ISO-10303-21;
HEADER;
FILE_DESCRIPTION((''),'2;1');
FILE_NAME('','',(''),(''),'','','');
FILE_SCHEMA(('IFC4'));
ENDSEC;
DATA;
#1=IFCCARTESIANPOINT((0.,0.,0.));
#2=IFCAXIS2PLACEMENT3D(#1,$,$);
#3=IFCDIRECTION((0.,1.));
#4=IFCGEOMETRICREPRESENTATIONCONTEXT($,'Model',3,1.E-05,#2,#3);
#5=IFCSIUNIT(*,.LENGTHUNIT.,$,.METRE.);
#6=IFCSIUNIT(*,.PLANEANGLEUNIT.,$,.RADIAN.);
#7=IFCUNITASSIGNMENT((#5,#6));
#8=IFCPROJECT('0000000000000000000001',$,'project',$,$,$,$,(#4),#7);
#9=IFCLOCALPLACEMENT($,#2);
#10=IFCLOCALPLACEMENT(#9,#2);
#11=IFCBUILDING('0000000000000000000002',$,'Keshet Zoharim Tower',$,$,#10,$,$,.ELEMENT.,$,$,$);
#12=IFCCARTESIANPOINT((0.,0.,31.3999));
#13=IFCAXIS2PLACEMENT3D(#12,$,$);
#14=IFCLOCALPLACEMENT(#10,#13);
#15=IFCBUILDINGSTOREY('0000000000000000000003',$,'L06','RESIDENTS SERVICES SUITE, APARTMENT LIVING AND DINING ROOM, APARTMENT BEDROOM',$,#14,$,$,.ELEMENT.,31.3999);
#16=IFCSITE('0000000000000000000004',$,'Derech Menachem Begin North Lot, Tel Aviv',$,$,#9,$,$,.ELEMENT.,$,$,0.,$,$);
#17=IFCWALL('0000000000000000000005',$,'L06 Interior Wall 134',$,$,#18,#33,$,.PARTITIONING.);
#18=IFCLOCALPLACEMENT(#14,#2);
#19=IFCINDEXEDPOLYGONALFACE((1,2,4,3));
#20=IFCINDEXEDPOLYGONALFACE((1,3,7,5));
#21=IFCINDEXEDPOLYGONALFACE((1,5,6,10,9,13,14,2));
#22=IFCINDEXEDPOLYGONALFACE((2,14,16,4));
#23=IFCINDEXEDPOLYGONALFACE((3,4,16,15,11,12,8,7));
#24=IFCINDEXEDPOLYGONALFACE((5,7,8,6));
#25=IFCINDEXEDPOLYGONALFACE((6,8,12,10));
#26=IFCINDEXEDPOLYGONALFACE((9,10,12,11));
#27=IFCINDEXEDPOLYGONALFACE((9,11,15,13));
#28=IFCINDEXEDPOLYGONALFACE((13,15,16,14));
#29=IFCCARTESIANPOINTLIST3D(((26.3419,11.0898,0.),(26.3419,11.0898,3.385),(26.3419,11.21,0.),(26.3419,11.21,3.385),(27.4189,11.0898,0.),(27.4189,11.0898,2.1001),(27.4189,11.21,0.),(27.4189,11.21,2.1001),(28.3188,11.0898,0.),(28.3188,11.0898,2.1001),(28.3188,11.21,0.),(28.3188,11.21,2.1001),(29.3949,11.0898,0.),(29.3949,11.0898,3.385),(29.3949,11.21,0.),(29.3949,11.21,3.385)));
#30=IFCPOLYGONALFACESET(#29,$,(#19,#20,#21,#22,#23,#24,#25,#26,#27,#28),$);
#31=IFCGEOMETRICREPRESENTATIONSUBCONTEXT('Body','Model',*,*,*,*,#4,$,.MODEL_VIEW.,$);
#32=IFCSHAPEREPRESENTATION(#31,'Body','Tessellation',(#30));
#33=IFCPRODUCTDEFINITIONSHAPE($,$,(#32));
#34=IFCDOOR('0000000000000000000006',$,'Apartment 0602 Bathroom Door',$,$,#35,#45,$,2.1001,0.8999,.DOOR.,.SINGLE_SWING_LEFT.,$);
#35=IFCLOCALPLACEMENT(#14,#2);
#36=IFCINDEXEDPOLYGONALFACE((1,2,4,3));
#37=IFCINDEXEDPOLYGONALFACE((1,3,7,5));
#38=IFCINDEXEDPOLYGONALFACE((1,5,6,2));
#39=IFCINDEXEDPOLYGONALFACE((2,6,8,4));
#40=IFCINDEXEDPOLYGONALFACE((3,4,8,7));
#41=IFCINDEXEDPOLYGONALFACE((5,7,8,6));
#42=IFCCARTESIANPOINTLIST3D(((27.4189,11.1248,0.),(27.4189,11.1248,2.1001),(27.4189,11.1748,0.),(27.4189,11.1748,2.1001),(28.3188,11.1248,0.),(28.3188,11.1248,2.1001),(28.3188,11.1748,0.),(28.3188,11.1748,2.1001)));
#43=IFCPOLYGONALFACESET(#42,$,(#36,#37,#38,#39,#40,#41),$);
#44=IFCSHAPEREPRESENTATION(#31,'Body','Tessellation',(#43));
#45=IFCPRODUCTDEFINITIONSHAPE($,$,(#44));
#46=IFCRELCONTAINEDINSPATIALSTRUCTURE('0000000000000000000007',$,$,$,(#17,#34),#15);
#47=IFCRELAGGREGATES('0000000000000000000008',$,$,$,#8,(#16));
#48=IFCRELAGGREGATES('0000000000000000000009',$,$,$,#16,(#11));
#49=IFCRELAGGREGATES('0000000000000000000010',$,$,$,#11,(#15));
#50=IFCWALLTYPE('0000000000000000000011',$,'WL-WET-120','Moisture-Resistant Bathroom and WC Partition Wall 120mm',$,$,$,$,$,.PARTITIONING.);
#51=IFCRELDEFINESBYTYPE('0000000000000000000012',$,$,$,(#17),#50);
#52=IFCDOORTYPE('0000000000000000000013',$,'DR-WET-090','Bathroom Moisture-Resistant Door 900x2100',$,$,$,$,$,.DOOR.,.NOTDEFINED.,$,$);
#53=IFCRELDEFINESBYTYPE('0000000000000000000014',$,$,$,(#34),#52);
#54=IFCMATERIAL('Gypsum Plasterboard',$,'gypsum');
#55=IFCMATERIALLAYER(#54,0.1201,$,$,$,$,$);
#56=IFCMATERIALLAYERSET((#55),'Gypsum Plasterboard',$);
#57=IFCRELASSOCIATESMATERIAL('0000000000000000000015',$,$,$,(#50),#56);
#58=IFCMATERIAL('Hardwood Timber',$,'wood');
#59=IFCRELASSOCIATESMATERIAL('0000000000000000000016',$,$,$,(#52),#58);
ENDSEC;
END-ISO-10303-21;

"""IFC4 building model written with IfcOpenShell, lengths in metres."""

from ifc_helpers import new_model, si_unit, direction, frame, frame_2d, origin, place, context, subcontext, project, spatial, rectangle, extrude, material, layer, layer_set, type_object, element, fill, save


model = new_model("IFC4")

# Units and contexts
model_context = context("Model", 3, precision=1e-05, world=origin(), true_north=direction((0.0, 1.0)))
body_context = subcontext(model_context, "Body", "Model", "MODEL_VIEW")
ifc_project = project(units=[si_unit("LENGTHUNIT", "METRE"), si_unit("PLANEANGLEUNIT", "RADIAN")], contexts=[model_context])

# Site, building, storey
site_placement = place(None, origin())
site = spatial("IfcSite", under=ifc_project, at=site_placement, Name="Derech Menachem Begin North Lot, Tel Aviv", CompositionType="ELEMENT", RefElevation=0.0)
building_placement = place(site_placement, origin())
building = spatial("IfcBuilding", under=site, at=building_placement, Name="Keshet Zoharim Tower", CompositionType="ELEMENT")
storey_placement = place(building_placement, frame((0.0, 0.0, 31.3999)))
storey = spatial("IfcBuildingStorey", under=building, at=storey_placement, Name="L06", Description="RESIDENTS SERVICES SUITE, APARTMENT LIVING AND DINING ROOM, APARTMENT BEDROOM", CompositionType="ELEMENT", Elevation=31.3999)

# Shared definitions
ifc_material_1 = material(Name="Gypsum Plasterboard", Category="gypsum")

# Shared definitions
ifc_material_2 = material(Name="Hardwood Timber", Category="wood")

# Shared definitions
ifc_layer_1 = layer(ifc_material_1, 0.1201)
ifc_layer_set_1 = layer_set([ifc_layer_1], Name="Gypsum Plasterboard")
wall_type_1 = type_object("IfcWallType", Name="WL-WET-120", Description="Moisture-Resistant Bathroom and WC Partition Wall 120mm", PredefinedType="PARTITIONING", material=ifc_layer_set_1)

# Wall, opening, door
wall_1_placement = place(storey_placement, frame((26.342, 11.1499, 0.0), z_axis=(0.0, 0.0, 1.0), x_axis=(1.0, 0.0, 0.0)))
wall_1 = element("IfcWall", 1, at=wall_1_placement, inside=storey, type_object=wall_type_1, Name="L06 Interior Wall 134", PredefinedType="PARTITIONING", context=body_context, shape_type="SweptSolid", body=[
    extrude(rectangle(XDim=3.053, YDim=0.1201, at=frame_2d((1.5264, 0.0))), origin(), (0.0, 0.0, 1.0), 3.385),
])
opening_1_placement = place(wall_1_placement, frame((1.0769, 0.0, 0.0)))
opening_1 = element("IfcOpeningElement", 2, at=opening_1_placement, cuts=wall_1, PredefinedType="OPENING", context=body_context, shape_type="SweptSolid", body=[
    extrude(rectangle(XDim=0.8999, YDim=2.1001, at=frame_2d((0.45, 1.05))), frame((0.0, 0.0701, 0.0), z_axis=(0.0, -1.0, 0.0), x_axis=(1.0, 0.0, 0.0)), (0.0, 0.0, 1.0), 0.1401),
])
door_type_1 = type_object("IfcDoorType", Name="DR-WET-090", Description="Bathroom Moisture-Resistant Door 900x2100", OperationType="NOTDEFINED", PredefinedType="DOOR", material=ifc_material_2)
door_1_placement = place(opening_1_placement, origin())
door_1 = element("IfcDoor", 3, at=door_1_placement, inside=storey, type_object=door_type_1, Name="Apartment 0602 Bathroom Door", OperationType="SINGLE_SWING_LEFT", OverallHeight=2.1001, OverallWidth=0.8999, PredefinedType="DOOR", context=body_context, shape_type="SweptSolid", body=[
    extrude(rectangle(XDim=0.8999, YDim=2.1001, at=frame_2d((0.45, 1.05))), frame((0.0, 0.0249, 0.0), z_axis=(0.0, -1.0, 0.0), x_axis=(1.0, 0.0, 0.0)), (0.0, 0.0, 1.0), 0.05),
])
fill(opening_1, door_1)

save(model, "model.ifc")
